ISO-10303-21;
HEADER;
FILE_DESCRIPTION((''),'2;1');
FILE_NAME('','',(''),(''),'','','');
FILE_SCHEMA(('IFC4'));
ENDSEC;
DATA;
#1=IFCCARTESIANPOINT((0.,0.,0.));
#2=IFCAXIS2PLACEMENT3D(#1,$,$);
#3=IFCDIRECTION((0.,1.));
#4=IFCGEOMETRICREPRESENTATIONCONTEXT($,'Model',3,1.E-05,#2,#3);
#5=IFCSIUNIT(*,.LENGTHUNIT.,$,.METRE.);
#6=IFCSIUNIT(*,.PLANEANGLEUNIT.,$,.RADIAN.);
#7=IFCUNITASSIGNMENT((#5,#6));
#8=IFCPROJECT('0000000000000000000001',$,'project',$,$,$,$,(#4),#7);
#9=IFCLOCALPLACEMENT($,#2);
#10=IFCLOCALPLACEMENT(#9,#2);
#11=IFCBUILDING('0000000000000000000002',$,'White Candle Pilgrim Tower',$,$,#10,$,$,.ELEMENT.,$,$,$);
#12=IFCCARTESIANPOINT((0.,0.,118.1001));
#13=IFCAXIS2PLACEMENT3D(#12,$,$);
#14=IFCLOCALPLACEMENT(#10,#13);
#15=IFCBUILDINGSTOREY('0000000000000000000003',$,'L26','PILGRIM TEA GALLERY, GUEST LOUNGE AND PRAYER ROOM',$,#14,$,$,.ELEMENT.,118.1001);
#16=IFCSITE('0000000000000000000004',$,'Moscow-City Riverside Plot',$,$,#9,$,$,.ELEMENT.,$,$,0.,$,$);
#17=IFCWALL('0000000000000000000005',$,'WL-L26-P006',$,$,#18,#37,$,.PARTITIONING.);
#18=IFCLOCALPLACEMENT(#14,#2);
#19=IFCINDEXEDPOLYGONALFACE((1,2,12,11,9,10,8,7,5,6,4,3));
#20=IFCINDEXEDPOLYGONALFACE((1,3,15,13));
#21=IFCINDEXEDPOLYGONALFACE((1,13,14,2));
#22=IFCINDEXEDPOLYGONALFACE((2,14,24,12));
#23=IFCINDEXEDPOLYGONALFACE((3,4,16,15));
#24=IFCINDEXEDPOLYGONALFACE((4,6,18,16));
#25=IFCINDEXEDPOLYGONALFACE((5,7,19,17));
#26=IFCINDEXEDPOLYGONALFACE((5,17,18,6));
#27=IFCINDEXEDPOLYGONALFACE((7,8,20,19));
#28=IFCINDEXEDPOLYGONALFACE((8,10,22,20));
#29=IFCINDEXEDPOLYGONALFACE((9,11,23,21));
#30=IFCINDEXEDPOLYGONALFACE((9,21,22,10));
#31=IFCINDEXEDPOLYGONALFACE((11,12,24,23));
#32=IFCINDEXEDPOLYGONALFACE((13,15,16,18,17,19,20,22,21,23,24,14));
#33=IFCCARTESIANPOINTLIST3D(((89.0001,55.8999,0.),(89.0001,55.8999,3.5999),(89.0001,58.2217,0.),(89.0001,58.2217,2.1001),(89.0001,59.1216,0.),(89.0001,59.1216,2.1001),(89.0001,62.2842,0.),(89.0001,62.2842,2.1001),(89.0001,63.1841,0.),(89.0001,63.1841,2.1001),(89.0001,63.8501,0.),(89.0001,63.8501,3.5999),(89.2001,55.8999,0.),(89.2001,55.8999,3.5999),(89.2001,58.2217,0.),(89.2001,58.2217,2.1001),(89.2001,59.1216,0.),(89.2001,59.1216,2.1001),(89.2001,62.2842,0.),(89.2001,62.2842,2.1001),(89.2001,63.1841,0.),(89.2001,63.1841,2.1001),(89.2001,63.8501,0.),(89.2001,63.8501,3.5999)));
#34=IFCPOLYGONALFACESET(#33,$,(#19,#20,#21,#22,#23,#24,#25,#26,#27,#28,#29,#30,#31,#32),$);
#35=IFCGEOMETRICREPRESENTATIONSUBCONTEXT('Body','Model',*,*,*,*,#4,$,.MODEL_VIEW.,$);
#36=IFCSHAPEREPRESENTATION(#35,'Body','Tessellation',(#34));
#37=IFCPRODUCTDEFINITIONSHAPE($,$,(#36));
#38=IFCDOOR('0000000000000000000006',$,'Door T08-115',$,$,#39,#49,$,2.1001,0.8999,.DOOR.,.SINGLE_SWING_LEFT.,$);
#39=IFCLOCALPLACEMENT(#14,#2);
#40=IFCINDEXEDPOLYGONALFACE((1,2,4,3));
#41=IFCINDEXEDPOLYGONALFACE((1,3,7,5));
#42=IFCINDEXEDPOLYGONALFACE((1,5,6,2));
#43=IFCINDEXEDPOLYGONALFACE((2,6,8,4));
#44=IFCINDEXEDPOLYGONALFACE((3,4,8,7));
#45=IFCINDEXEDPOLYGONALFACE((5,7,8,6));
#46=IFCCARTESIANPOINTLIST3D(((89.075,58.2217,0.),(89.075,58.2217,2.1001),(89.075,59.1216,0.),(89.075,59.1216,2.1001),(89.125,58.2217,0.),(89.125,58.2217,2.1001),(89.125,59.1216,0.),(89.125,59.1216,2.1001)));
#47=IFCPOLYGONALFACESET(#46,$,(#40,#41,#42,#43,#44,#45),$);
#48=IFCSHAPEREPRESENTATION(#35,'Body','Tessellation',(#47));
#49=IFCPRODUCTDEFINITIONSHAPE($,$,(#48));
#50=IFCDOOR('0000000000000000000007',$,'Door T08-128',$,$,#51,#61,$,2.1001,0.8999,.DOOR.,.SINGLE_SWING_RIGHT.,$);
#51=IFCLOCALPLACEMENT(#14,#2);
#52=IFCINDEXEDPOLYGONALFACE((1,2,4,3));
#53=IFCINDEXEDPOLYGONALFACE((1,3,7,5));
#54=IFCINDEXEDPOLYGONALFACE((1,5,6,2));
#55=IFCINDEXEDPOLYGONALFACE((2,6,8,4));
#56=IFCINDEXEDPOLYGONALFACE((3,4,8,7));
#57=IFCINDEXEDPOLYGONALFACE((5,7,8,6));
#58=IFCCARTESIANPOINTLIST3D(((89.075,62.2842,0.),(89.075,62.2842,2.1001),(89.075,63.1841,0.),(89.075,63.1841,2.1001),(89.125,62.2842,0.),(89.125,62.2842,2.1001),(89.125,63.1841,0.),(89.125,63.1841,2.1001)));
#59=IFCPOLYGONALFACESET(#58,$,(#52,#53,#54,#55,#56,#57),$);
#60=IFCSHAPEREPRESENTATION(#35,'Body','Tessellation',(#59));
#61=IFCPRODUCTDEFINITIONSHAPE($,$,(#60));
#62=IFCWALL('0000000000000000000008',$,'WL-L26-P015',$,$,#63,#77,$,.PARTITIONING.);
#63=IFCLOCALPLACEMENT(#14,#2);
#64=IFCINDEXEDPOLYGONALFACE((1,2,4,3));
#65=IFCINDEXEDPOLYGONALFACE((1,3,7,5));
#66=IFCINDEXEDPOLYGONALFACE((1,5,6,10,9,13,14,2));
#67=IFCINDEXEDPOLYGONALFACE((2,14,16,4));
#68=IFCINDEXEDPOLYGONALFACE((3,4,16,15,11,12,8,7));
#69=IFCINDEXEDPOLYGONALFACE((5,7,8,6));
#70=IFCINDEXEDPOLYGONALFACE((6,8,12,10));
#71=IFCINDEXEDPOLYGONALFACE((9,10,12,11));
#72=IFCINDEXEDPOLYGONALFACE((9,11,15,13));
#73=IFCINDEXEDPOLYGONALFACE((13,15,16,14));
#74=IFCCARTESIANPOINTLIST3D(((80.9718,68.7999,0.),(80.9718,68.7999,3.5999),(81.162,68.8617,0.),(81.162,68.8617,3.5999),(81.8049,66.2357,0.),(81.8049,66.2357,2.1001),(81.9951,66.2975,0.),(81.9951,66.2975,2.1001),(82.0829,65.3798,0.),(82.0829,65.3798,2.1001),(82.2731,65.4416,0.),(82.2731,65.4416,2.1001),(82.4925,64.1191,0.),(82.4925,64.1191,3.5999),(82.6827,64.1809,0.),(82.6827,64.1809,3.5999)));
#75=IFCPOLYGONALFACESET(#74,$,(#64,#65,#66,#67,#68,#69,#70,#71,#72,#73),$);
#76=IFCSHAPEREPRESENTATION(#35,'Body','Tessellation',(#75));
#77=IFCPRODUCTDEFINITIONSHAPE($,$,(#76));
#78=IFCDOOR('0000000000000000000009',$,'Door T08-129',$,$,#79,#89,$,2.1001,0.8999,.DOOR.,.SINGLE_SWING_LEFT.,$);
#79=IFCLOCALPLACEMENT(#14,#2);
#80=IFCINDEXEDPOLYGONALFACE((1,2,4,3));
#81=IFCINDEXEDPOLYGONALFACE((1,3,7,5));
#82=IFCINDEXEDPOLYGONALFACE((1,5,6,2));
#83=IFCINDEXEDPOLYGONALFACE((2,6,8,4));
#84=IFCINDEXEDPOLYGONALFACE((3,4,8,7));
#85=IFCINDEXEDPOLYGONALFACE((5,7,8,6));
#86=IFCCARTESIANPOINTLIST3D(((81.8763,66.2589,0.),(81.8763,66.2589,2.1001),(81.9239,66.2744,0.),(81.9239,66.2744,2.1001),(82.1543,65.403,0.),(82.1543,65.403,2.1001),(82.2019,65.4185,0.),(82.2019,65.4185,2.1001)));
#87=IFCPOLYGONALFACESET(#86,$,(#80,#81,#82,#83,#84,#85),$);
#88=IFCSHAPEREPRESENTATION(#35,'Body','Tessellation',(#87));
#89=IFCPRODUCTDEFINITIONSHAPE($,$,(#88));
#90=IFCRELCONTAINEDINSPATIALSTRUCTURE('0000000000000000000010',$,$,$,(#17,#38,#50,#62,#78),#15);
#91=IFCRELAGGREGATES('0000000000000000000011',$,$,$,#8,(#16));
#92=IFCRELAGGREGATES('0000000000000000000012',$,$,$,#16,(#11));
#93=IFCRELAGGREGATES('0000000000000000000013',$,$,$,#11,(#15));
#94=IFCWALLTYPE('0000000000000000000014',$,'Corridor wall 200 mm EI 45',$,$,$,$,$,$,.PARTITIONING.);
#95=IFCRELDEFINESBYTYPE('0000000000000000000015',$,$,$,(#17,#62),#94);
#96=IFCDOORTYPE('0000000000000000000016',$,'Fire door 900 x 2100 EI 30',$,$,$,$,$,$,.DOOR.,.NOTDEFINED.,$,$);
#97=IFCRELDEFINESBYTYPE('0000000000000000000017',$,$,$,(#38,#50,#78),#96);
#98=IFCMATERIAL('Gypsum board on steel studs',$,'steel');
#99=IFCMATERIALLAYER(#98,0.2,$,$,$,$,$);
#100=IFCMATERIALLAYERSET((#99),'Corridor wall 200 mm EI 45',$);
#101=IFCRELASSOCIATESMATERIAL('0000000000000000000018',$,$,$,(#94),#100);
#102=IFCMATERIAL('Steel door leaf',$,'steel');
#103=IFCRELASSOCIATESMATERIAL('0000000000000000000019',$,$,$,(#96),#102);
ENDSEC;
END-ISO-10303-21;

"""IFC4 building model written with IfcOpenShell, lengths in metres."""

from ifc_helpers import new_model, si_unit, direction, frame, frame_2d, origin, place, context, subcontext, project, spatial, rectangle, extrude, material, layer, layer_set, type_object, element, fill, save


model = new_model("IFC4")

# Units and contexts
model_context = context("Model", 3, precision=1e-05, world=origin(), true_north=direction((0.0, 1.0)))
body_context = subcontext(model_context, "Body", "Model", "MODEL_VIEW")
ifc_project = project(units=[si_unit("LENGTHUNIT", "METRE"), si_unit("PLANEANGLEUNIT", "RADIAN")], contexts=[model_context])

# Site, building, storey
site_placement = place(None, origin())
site = spatial("IfcSite", under=ifc_project, at=site_placement, Name="Moscow-City Riverside Plot", CompositionType="ELEMENT", RefElevation=0.0)
building_placement = place(site_placement, origin())
building = spatial("IfcBuilding", under=site, at=building_placement, Name="White Candle Pilgrim Tower", CompositionType="ELEMENT")
storey_placement = place(building_placement, frame((0.0, 0.0, 118.1001)))
storey = spatial("IfcBuildingStorey", under=building, at=storey_placement, Name="L26", Description="PILGRIM TEA GALLERY, GUEST LOUNGE AND PRAYER ROOM", CompositionType="ELEMENT", Elevation=118.1001)

# Wall, openings, doors
ifc_material_1 = material(Name="Gypsum board on steel studs", Category="steel")
ifc_layer_1 = layer(ifc_material_1, 0.2)
ifc_layer_set_1 = layer_set([ifc_layer_1], Name="Corridor wall 200 mm EI 45")
wall_type_1 = type_object("IfcWallType", Name="Corridor wall 200 mm EI 45", PredefinedType="PARTITIONING", material=ifc_layer_set_1)
wall_1_placement = place(storey_placement, frame((89.1001, 63.8501, 0.0), z_axis=(0.0, 0.0, 1.0), x_axis=(0.0, -1.0, 0.0)))
wall_1 = element("IfcWall", 1, at=wall_1_placement, inside=storey, type_object=wall_type_1, Name="WL-L26-P006", PredefinedType="PARTITIONING", context=body_context, shape_type="SweptSolid", body=[
    extrude(rectangle(XDim=7.9502, YDim=0.2, at=frame_2d((3.9751, 0.0))), origin(), (0.0, 0.0, 1.0), 3.5999),
])
opening_1_placement = place(wall_1_placement, frame((4.7285, 0.0, 0.0)))
opening_1 = element("IfcOpeningElement", 2, at=opening_1_placement, cuts=wall_1, PredefinedType="OPENING", context=body_context, shape_type="SweptSolid", body=[
    extrude(rectangle(XDim=0.8999, YDim=2.1001, at=frame_2d((0.45, 1.05))), frame((0.0, 0.1099, 0.0), z_axis=(0.0, -1.0, 0.0), x_axis=(1.0, 0.0, 0.0)), (0.0, 0.0, 1.0), 0.22),
])
opening_2_placement = place(wall_1_placement, frame((0.666, 0.0, 0.0)))
opening_2 = element("IfcOpeningElement", 3, at=opening_2_placement, cuts=wall_1, PredefinedType="OPENING", context=body_context, shape_type="SweptSolid", body=[
    extrude(rectangle(XDim=0.8999, YDim=2.1001, at=frame_2d((0.45, 1.05))), frame((0.0, 0.1099, 0.0), z_axis=(0.0, -1.0, 0.0), x_axis=(1.0, 0.0, 0.0)), (0.0, 0.0, 1.0), 0.22),
])
ifc_material_2 = material(Name="Steel door leaf", Category="steel")
door_type = type_object("IfcDoorType", Name="Fire door 900 x 2100 EI 30", OperationType="NOTDEFINED", PredefinedType="DOOR", material=ifc_material_2)
door_1_placement = place(opening_1_placement, origin())
door_1 = element("IfcDoor", 4, at=door_1_placement, inside=storey, type_object=door_type, Name="Door T08-115", OperationType="SINGLE_SWING_LEFT", OverallHeight=2.1001, OverallWidth=0.8999, PredefinedType="DOOR", context=body_context, shape_type="SweptSolid", body=[
    extrude(rectangle(XDim=0.8999, YDim=2.1001, at=frame_2d((0.45, 1.05))), frame((0.0, 0.0249, 0.0), z_axis=(0.0, -1.0, 0.0), x_axis=(1.0, 0.0, 0.0)), (0.0, 0.0, 1.0), 0.05),
])
fill(opening_1, door_1)
door_2_placement = place(opening_2_placement, origin())
door_2 = element("IfcDoor", 5, at=door_2_placement, inside=storey, type_object=door_type, Name="Door T08-128", OperationType="SINGLE_SWING_RIGHT", OverallHeight=2.1001, OverallWidth=0.8999, PredefinedType="DOOR", context=body_context, shape_type="SweptSolid", body=[
    extrude(rectangle(XDim=0.8999, YDim=2.1001, at=frame_2d((0.45, 1.05))), frame((0.0, 0.0249, 0.0), z_axis=(0.0, -1.0, 0.0), x_axis=(1.0, 0.0, 0.0)), (0.0, 0.0, 1.0), 0.05),
])
fill(opening_2, door_2)

# Wall, opening, door
wall_2_placement = place(storey_placement, frame((82.5876, 64.1499, 0.0), z_axis=(0.0, 0.0, 1.0), x_axis=(-0.308986, 0.951067, 0.0)))
wall_2 = element("IfcWall", 6, at=wall_2_placement, inside=storey, type_object=wall_type_1, Name="WL-L26-P015", PredefinedType="PARTITIONING", context=body_context, shape_type="SweptSolid", body=[
    extrude(rectangle(XDim=4.9216, YDim=0.2, at=frame_2d((2.4609, 0.0))), origin(), (0.0, 0.0, 1.0), 3.5999),
])
opening_3_placement = place(wall_2_placement, frame((1.3257, 0.0, 0.0)))
opening_3 = element("IfcOpeningElement", 7, at=opening_3_placement, cuts=wall_2, PredefinedType="OPENING", context=body_context, shape_type="SweptSolid", body=[
    extrude(rectangle(XDim=0.8999, YDim=2.1001, at=frame_2d((0.45, 1.05))), frame((0.0, 0.1099, 0.0), z_axis=(0.0, -1.0, 0.0), x_axis=(1.0, 0.0, 0.0)), (0.0, 0.0, 1.0), 0.22),
])
door_3_placement = place(opening_3_placement, origin())
door_3 = element("IfcDoor", 8, at=door_3_placement, inside=storey, type_object=door_type, Name="Door T08-129", OperationType="SINGLE_SWING_LEFT", OverallHeight=2.1001, OverallWidth=0.8999, PredefinedType="DOOR", context=body_context, shape_type="SweptSolid", body=[
    extrude(rectangle(XDim=0.8999, YDim=2.1001, at=frame_2d((0.45, 1.05))), frame((0.0, 0.0249, 0.0), z_axis=(0.0, -1.0, 0.0), x_axis=(1.0, 0.0, 0.0)), (0.0, 0.0, 1.0), 0.05),
])
fill(opening_3, door_3)

save(model, "model.ifc")
